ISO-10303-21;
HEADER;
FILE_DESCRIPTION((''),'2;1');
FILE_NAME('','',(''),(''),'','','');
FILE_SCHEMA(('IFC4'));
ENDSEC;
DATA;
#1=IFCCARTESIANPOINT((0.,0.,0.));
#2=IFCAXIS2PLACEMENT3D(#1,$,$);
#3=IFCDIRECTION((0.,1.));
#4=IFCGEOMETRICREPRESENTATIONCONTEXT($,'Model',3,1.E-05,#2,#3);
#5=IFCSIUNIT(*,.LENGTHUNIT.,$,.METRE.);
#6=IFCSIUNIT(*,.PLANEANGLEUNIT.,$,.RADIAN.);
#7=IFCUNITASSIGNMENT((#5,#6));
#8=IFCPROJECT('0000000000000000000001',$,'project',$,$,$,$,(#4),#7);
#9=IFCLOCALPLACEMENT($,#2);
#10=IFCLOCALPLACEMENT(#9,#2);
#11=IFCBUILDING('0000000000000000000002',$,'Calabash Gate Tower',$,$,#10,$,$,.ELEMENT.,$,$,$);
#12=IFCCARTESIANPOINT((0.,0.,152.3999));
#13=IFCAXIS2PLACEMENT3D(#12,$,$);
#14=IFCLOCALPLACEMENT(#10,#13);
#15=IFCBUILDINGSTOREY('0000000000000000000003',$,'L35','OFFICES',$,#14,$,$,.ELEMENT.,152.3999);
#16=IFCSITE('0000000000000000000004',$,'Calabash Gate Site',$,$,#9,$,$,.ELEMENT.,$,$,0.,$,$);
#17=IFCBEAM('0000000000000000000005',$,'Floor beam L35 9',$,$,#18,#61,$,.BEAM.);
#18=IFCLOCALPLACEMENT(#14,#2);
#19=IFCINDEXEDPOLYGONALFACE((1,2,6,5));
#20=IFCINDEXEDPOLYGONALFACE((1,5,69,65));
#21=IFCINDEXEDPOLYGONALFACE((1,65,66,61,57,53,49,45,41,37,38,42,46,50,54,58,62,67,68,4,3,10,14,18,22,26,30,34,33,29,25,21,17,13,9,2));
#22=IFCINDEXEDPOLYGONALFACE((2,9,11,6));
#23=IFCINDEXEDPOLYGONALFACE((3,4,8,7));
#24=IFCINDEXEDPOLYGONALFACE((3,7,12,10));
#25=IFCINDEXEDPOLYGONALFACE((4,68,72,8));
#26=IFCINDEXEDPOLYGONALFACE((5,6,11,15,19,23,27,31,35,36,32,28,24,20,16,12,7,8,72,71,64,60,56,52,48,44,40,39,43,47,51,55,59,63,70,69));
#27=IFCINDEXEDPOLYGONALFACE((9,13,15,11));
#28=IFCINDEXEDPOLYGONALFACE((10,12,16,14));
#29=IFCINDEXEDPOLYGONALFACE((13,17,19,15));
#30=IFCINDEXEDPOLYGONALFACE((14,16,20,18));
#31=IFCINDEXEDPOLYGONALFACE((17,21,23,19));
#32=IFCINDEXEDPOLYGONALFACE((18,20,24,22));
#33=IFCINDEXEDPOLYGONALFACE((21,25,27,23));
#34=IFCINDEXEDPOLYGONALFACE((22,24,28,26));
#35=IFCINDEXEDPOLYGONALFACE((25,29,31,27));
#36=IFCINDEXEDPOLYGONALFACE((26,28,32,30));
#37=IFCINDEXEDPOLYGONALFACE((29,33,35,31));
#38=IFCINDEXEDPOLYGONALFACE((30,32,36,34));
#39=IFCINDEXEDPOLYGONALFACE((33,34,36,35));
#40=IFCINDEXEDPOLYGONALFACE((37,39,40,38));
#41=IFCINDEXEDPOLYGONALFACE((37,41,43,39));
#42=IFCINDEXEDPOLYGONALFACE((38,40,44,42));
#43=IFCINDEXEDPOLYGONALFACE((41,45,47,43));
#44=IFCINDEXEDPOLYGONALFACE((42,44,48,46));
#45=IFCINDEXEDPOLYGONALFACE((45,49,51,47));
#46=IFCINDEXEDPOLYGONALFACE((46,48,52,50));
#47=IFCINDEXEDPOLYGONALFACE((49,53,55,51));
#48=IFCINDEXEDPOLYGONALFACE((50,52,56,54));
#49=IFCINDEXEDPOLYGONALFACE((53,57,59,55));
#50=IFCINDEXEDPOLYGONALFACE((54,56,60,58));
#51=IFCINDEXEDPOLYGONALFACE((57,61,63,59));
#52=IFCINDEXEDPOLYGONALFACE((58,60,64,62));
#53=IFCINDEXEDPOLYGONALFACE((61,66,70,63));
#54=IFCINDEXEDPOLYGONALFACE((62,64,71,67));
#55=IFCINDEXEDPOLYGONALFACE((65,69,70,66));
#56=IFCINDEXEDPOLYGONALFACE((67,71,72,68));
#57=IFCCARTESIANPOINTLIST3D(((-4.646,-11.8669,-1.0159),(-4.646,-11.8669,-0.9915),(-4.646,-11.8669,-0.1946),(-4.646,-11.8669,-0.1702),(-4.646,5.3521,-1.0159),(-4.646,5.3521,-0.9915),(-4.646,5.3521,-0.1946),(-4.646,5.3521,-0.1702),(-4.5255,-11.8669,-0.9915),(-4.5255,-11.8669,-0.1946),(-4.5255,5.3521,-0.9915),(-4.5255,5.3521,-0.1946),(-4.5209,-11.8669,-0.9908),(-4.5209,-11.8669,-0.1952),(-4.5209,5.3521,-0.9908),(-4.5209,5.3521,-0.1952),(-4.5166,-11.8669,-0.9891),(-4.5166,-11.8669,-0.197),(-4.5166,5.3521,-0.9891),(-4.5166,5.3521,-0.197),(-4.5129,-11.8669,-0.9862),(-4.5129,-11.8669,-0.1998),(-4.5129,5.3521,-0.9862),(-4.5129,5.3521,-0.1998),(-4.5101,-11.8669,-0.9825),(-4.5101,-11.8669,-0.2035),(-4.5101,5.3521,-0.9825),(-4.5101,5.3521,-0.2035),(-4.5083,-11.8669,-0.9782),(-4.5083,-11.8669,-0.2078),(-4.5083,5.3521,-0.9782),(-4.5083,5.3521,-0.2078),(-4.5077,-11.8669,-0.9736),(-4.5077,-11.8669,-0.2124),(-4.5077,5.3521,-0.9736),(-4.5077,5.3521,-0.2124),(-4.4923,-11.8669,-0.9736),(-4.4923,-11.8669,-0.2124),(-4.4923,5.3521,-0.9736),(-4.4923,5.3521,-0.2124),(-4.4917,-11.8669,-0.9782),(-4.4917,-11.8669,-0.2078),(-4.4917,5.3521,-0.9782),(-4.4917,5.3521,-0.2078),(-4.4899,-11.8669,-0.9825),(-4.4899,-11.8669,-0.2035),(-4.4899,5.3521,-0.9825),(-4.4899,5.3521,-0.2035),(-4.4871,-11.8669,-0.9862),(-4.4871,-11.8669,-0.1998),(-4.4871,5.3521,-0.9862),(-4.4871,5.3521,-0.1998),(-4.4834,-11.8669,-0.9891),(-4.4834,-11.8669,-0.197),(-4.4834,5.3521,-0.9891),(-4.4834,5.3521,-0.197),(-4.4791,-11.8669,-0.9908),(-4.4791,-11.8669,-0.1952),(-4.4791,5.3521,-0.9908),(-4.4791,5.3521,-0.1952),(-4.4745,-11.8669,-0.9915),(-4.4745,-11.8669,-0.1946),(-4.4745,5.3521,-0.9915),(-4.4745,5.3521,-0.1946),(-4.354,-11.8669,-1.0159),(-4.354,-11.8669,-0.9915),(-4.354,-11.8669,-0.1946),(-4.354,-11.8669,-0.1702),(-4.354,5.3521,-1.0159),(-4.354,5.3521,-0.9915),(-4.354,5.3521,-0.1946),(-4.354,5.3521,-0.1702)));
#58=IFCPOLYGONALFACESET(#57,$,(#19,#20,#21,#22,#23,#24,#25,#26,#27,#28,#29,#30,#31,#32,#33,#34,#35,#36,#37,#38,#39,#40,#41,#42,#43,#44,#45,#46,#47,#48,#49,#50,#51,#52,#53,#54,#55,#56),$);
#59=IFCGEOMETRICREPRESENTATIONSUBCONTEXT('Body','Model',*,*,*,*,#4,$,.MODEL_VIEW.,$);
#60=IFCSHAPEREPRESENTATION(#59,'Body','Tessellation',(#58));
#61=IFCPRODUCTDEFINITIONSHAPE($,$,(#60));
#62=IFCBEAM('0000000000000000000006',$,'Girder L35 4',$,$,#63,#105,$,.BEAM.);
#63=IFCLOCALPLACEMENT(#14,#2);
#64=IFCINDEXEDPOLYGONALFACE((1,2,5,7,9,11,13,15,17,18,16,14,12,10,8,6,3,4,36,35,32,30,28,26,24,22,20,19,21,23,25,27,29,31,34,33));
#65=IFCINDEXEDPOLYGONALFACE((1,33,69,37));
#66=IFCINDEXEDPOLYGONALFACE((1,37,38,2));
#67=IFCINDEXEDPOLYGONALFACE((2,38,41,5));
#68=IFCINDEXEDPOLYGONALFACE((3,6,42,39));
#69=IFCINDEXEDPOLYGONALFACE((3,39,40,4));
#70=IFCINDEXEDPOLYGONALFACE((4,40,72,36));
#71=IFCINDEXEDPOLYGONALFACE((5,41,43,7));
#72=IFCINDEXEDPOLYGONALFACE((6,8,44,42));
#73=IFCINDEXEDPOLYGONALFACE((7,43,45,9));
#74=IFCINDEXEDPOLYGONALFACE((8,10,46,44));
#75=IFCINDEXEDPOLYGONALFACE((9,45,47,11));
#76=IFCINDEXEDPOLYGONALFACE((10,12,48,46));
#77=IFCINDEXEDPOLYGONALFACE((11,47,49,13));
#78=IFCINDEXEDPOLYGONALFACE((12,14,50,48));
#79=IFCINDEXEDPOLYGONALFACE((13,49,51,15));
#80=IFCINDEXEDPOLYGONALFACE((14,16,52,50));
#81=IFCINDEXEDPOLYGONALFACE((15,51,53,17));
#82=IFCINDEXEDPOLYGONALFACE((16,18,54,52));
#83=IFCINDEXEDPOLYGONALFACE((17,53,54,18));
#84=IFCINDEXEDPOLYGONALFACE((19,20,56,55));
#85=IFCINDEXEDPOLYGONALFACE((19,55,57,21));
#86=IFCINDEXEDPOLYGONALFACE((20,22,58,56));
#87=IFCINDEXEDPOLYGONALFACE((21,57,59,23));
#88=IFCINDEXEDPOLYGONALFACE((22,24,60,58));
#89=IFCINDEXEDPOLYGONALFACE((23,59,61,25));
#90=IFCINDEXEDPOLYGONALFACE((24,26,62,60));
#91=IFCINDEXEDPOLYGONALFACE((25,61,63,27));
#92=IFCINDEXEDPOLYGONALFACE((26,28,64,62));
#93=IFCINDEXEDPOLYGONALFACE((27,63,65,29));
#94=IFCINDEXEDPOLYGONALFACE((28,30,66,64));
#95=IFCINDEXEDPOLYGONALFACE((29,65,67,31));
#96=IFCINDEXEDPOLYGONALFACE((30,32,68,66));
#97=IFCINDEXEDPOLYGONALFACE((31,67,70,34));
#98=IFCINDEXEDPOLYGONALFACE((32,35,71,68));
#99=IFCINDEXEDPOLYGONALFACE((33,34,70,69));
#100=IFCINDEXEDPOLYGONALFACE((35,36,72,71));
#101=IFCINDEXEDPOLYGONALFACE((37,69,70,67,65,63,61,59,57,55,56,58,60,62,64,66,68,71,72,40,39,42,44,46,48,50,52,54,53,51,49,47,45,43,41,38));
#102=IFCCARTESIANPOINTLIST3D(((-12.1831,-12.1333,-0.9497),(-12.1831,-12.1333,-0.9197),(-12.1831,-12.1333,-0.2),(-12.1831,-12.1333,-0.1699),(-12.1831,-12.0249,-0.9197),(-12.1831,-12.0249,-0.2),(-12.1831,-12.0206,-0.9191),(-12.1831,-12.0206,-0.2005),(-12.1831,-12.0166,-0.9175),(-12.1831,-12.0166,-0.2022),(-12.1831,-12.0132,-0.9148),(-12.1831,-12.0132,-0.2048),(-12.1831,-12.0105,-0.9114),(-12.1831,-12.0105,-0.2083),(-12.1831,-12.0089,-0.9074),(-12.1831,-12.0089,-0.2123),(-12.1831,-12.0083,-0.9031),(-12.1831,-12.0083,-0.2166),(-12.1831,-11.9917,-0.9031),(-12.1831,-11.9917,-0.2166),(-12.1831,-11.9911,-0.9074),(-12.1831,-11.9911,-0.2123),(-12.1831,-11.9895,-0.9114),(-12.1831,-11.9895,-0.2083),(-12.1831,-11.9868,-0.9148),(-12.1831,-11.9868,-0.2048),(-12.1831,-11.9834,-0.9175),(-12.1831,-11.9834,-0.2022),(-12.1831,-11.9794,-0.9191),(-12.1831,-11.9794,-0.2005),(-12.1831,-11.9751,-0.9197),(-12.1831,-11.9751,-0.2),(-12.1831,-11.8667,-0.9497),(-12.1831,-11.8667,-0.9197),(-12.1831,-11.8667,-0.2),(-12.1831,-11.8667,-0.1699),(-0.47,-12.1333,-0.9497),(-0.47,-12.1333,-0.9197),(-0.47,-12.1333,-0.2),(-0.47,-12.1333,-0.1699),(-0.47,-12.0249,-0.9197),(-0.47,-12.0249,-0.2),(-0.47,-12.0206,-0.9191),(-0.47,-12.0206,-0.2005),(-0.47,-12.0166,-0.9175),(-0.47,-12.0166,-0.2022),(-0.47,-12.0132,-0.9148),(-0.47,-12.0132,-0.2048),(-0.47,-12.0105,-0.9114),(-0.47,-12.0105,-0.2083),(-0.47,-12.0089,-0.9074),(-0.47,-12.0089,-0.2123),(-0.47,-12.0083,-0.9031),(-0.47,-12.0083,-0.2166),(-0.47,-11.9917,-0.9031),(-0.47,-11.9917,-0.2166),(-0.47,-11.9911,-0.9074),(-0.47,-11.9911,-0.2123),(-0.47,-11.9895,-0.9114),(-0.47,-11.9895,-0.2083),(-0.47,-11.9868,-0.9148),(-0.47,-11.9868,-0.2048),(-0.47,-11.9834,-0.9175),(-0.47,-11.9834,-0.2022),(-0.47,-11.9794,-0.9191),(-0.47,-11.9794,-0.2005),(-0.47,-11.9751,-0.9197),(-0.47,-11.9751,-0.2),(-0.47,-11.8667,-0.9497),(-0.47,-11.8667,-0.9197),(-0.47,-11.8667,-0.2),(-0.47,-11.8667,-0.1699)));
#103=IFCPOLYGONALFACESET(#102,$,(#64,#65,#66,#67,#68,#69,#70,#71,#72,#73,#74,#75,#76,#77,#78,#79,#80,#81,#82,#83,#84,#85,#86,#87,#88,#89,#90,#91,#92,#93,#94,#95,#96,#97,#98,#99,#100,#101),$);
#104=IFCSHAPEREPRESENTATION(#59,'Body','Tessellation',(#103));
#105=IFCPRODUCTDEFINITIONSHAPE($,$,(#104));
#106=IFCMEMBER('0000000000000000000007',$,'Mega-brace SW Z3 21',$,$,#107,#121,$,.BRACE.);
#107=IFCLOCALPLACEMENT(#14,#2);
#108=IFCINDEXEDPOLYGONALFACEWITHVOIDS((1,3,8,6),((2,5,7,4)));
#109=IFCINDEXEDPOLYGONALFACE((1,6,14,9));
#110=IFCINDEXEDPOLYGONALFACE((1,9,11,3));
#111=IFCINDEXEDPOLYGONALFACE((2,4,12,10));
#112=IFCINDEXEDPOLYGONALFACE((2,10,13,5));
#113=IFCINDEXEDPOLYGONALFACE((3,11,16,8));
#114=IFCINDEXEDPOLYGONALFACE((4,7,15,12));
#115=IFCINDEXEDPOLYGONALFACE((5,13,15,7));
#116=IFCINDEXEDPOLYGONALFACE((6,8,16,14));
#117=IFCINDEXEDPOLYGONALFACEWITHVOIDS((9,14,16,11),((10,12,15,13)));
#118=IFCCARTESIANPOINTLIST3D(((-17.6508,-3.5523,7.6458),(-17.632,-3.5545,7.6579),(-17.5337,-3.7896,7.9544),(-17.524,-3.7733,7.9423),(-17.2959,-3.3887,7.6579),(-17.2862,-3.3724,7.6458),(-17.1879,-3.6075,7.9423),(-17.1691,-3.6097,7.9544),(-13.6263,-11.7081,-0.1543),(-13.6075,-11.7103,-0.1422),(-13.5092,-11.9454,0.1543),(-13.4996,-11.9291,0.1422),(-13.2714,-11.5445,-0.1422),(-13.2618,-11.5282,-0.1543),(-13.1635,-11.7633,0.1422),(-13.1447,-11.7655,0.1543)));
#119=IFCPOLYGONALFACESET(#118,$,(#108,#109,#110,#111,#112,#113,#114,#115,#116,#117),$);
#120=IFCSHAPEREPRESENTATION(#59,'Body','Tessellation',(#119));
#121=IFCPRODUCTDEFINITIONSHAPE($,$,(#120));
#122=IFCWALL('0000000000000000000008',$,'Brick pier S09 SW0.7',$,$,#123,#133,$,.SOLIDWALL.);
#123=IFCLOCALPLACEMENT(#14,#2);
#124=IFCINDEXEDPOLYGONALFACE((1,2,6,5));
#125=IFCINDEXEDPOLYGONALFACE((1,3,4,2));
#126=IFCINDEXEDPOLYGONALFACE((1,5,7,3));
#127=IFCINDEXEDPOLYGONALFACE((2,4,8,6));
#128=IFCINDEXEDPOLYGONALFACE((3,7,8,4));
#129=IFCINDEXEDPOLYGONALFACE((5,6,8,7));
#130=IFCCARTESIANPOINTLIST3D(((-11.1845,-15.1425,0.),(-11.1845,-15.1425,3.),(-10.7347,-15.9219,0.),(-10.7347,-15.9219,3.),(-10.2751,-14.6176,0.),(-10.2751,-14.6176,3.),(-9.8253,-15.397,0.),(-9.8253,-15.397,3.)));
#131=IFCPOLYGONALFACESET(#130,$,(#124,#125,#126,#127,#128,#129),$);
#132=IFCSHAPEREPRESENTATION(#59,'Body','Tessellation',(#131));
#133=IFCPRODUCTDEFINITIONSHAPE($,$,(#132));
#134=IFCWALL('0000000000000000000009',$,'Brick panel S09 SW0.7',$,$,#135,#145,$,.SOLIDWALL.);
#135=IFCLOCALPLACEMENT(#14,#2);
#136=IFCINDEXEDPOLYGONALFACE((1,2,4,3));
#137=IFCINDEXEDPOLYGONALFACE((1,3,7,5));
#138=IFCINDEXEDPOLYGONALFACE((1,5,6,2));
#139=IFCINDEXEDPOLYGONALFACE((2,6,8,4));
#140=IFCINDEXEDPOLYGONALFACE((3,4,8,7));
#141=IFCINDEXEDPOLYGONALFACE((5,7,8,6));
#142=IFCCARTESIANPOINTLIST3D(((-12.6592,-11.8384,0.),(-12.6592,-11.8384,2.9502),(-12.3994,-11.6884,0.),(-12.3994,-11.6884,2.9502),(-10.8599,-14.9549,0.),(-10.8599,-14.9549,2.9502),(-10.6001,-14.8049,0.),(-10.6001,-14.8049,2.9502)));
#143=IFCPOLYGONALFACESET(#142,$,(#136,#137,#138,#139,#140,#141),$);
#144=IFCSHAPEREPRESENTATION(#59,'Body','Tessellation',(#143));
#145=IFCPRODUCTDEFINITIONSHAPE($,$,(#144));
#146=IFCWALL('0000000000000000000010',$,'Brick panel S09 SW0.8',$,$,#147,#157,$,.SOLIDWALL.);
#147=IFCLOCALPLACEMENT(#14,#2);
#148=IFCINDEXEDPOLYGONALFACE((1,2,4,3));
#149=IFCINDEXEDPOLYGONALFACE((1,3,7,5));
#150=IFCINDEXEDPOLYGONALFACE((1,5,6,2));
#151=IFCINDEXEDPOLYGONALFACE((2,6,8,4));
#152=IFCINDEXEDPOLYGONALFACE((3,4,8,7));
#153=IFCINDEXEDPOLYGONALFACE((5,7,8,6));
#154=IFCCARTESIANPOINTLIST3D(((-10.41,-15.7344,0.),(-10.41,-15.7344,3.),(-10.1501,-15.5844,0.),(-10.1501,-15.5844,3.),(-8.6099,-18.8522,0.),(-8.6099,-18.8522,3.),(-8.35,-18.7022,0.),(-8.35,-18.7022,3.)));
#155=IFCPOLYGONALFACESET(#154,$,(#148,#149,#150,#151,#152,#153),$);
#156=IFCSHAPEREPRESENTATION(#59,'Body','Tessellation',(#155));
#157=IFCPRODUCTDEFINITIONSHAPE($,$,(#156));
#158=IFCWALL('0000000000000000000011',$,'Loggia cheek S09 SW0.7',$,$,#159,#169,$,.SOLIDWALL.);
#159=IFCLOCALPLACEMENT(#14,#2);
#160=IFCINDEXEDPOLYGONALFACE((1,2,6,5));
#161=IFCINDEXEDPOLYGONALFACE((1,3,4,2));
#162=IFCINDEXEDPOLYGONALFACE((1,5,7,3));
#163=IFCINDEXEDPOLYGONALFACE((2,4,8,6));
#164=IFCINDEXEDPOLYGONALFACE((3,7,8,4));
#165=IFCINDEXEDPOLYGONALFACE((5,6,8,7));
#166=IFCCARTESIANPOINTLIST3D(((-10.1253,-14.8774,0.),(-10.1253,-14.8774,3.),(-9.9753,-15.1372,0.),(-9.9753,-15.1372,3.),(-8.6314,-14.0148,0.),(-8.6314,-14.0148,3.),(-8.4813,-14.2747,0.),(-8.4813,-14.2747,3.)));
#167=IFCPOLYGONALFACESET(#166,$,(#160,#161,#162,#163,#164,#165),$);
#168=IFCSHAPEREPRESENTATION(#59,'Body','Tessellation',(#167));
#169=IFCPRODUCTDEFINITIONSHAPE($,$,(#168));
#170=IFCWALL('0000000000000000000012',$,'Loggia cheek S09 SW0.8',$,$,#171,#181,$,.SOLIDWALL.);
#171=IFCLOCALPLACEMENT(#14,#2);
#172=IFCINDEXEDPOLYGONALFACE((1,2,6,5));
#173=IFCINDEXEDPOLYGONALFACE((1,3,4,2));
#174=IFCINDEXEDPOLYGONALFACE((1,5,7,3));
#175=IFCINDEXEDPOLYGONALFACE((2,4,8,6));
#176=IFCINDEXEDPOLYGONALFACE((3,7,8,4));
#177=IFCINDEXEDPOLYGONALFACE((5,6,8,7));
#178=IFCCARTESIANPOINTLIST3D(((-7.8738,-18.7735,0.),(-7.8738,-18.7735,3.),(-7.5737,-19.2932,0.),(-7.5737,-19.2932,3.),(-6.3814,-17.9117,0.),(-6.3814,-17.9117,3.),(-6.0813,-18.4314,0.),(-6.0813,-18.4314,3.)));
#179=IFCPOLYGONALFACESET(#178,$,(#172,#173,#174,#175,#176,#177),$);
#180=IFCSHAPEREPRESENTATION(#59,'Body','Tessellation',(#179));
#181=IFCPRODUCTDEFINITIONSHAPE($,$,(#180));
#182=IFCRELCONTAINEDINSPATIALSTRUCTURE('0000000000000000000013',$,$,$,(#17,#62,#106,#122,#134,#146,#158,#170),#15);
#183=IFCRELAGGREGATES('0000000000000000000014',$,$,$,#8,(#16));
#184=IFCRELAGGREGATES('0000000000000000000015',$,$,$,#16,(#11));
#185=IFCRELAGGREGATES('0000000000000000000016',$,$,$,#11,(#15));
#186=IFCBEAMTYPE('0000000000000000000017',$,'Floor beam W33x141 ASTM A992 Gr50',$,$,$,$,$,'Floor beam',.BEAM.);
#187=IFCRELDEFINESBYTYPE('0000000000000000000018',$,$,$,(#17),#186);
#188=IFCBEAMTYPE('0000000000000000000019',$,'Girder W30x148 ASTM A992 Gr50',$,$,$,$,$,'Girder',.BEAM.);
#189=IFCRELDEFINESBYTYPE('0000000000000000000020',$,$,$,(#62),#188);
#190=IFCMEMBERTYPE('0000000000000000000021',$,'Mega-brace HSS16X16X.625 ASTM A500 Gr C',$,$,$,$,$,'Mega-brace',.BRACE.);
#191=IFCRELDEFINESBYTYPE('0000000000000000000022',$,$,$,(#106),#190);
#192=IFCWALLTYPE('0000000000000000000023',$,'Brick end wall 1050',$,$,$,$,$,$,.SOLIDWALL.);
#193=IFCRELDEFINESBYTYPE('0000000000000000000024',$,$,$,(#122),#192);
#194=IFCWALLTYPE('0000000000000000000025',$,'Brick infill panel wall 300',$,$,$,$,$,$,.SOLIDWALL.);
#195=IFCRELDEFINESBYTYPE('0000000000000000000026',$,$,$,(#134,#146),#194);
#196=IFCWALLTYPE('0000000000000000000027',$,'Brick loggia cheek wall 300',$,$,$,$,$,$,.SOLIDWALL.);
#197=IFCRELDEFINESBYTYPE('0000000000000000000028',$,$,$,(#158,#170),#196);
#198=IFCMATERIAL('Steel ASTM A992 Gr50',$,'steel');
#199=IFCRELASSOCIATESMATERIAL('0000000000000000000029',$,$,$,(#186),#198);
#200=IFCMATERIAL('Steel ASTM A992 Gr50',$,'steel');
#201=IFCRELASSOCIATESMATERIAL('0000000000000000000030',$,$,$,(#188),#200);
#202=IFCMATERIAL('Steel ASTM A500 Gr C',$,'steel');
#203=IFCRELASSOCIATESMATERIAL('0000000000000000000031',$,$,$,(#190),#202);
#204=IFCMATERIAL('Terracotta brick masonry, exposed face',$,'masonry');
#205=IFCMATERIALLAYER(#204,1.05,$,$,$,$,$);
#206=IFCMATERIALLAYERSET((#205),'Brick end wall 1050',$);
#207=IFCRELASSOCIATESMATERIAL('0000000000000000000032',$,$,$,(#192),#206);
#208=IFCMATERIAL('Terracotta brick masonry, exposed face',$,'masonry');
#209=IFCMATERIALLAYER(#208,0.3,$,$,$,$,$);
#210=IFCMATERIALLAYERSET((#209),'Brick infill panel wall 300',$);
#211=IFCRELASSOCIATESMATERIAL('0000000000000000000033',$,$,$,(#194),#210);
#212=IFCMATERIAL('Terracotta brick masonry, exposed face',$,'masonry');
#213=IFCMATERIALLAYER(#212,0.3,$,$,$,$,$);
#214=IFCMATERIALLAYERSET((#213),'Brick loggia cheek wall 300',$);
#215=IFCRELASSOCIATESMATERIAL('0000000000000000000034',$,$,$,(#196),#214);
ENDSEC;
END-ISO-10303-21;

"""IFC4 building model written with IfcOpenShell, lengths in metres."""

from ifc_helpers import new_model, si_unit, direction, frame, frame_2d, origin, origin_2d, place, context, subcontext, project, spatial, rectangle, hollow_rectangle, i_section, extrude, material, layer, layer_set, material_profile, profile_set, type_object, element, save


model = new_model("IFC4")

# Units and contexts
model_context = context("Model", 3, precision=1e-05, world=origin(), true_north=direction((0.0, 1.0)))
body_context = subcontext(model_context, "Body", "Model", "MODEL_VIEW")
ifc_project = project(units=[si_unit("LENGTHUNIT", "METRE"), si_unit("PLANEANGLEUNIT", "RADIAN")], contexts=[model_context])

# Site, building, storey
site_placement = place(None, origin())
site = spatial("IfcSite", under=ifc_project, at=site_placement, Name="Calabash Gate Site", CompositionType="ELEMENT", RefElevation=0.0)
building_placement = place(site_placement, origin())
building = spatial("IfcBuilding", under=site, at=building_placement, Name="Calabash Gate Tower", CompositionType="ELEMENT")
storey_placement = place(building_placement, frame((0.0, 0.0, 152.3999)))
storey = spatial("IfcBuildingStorey", under=building, at=storey_placement, Name="L35", Description="OFFICES", CompositionType="ELEMENT", Elevation=152.3999)

# Beams
ifc_material_1 = material(Name="Steel ASTM A992 Gr50", Category="steel")
ifc_material_profile_1 = material_profile(ifc_material_1, i_section(OverallWidth=0.292, OverallDepth=0.8457, WebThickness=0.0154, FlangeThickness=0.0244, FilletRadius=0.0178, at=origin_2d()))
ifc_profile_set_1 = profile_set([ifc_material_profile_1], Name="Steel ASTM A992 Gr50")
beam_type_1 = type_object("IfcBeamType", Name="Floor beam W33x141 ASTM A992 Gr50", ElementType="Floor beam", PredefinedType="BEAM", material=ifc_profile_set_1)
beam_1_placement = place(storey_placement, frame((-4.5, -11.8669, -0.593), z_axis=(0.0, 1.0, 0.0), x_axis=(-1.0, 0.0, 0.0)))
element("IfcBeam", 1, at=beam_1_placement, inside=storey, type_object=beam_type_1, Name="Floor beam L35 9", PredefinedType="BEAM", context=body_context, shape_type="SweptSolid", body=[
    extrude(i_section(OverallWidth=0.292, OverallDepth=0.8457, WebThickness=0.0154, FlangeThickness=0.0244, FilletRadius=0.0178, at=origin_2d()), origin(), (0.0, 0.0, 1.0), 17.219),
])
ifc_material_2 = material(Name="Steel ASTM A992 Gr50", Category="steel")
ifc_material_profile_2 = material_profile(ifc_material_2, i_section(OverallWidth=0.2666, OverallDepth=0.7798, WebThickness=0.0166, FlangeThickness=0.03, FilletRadius=0.0166, at=origin_2d()))
ifc_profile_set_2 = profile_set([ifc_material_profile_2], Name="Steel ASTM A992 Gr50")
beam_type_2 = type_object("IfcBeamType", Name="Girder W30x148 ASTM A992 Gr50", ElementType="Girder", PredefinedType="BEAM", material=ifc_profile_set_2)
beam_2_placement = place(storey_placement, frame((-12.1831, -12.0, -0.5598), z_axis=(1.0, 0.0, 0.0), x_axis=(0.0, 1.0, 0.0)))
element("IfcBeam", 2, at=beam_2_placement, inside=storey, type_object=beam_type_2, Name="Girder L35 4", PredefinedType="BEAM", context=body_context, shape_type="SweptSolid", body=[
    extrude(i_section(OverallWidth=0.2666, OverallDepth=0.7798, WebThickness=0.0166, FlangeThickness=0.03, FilletRadius=0.0166, at=origin_2d()), origin(), (0.0, 0.0, 1.0), 11.7131),
])

# Member
ifc_material_3 = material(Name="Steel ASTM A500 Gr C", Category="steel")
ifc_material_profile_3 = material_profile(ifc_material_3, hollow_rectangle(XDim=0.4065, YDim=0.4065, WallThickness=0.0159, at=origin_2d()))
ifc_profile_set_3 = profile_set([ifc_material_profile_3], Name="Steel ASTM A500 Gr C")
member_type = type_object("IfcMemberType", Name="Mega-brace HSS16X16X.625 ASTM A500 Gr C", ElementType="Mega-brace", PredefinedType="BRACE", material=ifc_profile_set_3)
member_placement = place(storey_placement, frame((-13.3855, -11.7368, 0.0), z_axis=(-0.335889, 0.680704, 0.651015), x_axis=(-0.896766, -0.442504, 0.0)))
element("IfcMember", 3, at=member_placement, inside=storey, type_object=member_type, Name="Mega-brace SW Z3 21", PredefinedType="BRACE", context=body_context, shape_type="SweptSolid", body=[
    extrude(hollow_rectangle(XDim=0.4065, YDim=0.4065, WallThickness=0.0159, at=origin_2d()), origin(), (0.0, 0.0, 1.0), 11.9814),
])

# Walls
ifc_material_4 = material(Name="Terracotta brick masonry, exposed face", Category="masonry")
ifc_layer_1 = layer(ifc_material_4, 1.05)
ifc_layer_set_1 = layer_set([ifc_layer_1], Name="Brick end wall 1050")
wall_type_1 = type_object("IfcWallType", Name="Brick end wall 1050", PredefinedType="SOLIDWALL", material=ifc_layer_set_1)
wall_1_placement = place(storey_placement, frame((-10.0503, -15.0073, 0.0), z_axis=(0.0, 0.0, 1.0), x_axis=(-0.866089, -0.49989, 0.0)))
element("IfcWall", 4, at=wall_1_placement, inside=storey, type_object=wall_type_1, Name="Brick pier S09 SW0.7", PredefinedType="SOLIDWALL", context=body_context, shape_type="SweptSolid", body=[
    extrude(rectangle(XDim=1.05, YDim=0.8999, at=frame_2d((0.5249, 0.0))), origin(), (0.0, 0.0, 1.0), 3.0),
])
ifc_material_5 = material(Name="Terracotta brick masonry, exposed face", Category="masonry")
ifc_layer_2 = layer(ifc_material_5, 0.3)
ifc_layer_set_2 = layer_set([ifc_layer_2], Name="Brick infill panel wall 300")
wall_type_2 = type_object("IfcWallType", Name="Brick infill panel wall 300", PredefinedType="SOLIDWALL", material=ifc_layer_set_2)
wall_2_placement = place(storey_placement, frame((-10.73, -14.8799, 0.0), z_axis=(0.0, 0.0, 1.0), x_axis=(-0.500006, 0.866022, 0.0)))
element("IfcWall", 5, at=wall_2_placement, inside=storey, type_object=wall_type_2, Name="Brick panel S09 SW0.7", PredefinedType="SOLIDWALL", context=body_context, shape_type="SweptSolid", body=[
    extrude(rectangle(XDim=3.5986, YDim=0.3, at=frame_2d((1.7993, 0.0))), origin(), (0.0, 0.0, 1.0), 2.9502),
])
wall_3_placement = place(storey_placement, frame((-10.28, -15.6594, 0.0), z_axis=(0.0, 0.0, 1.0), x_axis=(0.500012, -0.866018, 0.0)))
element("IfcWall", 6, at=wall_3_placement, inside=storey, type_object=wall_type_2, Name="Brick panel S09 SW0.8", PredefinedType="SOLIDWALL", context=body_context, shape_type="SweptSolid", body=[
    extrude(rectangle(XDim=3.6001, YDim=0.3, at=frame_2d((1.8, 0.0))), origin(), (0.0, 0.0, 1.0), 3.0),
])
ifc_material_6 = material(Name="Terracotta brick masonry, exposed face", Category="masonry")
ifc_layer_3 = layer(ifc_material_6, 0.3)
ifc_layer_set_3 = layer_set([ifc_layer_3], Name="Brick loggia cheek wall 300")
wall_type_3 = type_object("IfcWallType", Name="Brick loggia cheek wall 300", PredefinedType="SOLIDWALL", material=ifc_layer_set_3)
wall_4_placement = place(storey_placement, frame((-10.0503, -15.0073, 0.0), z_axis=(0.0, 0.0, 1.0), x_axis=(0.866014, 0.500021, 0.0)))
element("IfcWall", 7, at=wall_4_placement, inside=storey, type_object=wall_type_3, Name="Loggia cheek S09 SW0.7", PredefinedType="SOLIDWALL", context=body_context, shape_type="SweptSolid", body=[
    extrude(rectangle(XDim=1.7251, YDim=0.3, at=frame_2d((0.8625, 0.0))), origin(), (0.0, 0.0, 1.0), 3.0),
])
wall_5_placement = place(storey_placement, frame((-7.7239, -19.0334, 0.0), z_axis=(0.0, 0.0, 1.0), x_axis=(0.865985, 0.50007, 0.0)))
element("IfcWall", 8, at=wall_5_placement, inside=storey, type_object=wall_type_3, Name="Loggia cheek S09 SW0.8", PredefinedType="SOLIDWALL", context=body_context, shape_type="SweptSolid", body=[
    extrude(rectangle(XDim=1.7234, YDim=0.6001, at=frame_2d((0.8618, 0.0))), origin(), (0.0, 0.0, 1.0), 3.0),
])

save(model, "model.ifc")
